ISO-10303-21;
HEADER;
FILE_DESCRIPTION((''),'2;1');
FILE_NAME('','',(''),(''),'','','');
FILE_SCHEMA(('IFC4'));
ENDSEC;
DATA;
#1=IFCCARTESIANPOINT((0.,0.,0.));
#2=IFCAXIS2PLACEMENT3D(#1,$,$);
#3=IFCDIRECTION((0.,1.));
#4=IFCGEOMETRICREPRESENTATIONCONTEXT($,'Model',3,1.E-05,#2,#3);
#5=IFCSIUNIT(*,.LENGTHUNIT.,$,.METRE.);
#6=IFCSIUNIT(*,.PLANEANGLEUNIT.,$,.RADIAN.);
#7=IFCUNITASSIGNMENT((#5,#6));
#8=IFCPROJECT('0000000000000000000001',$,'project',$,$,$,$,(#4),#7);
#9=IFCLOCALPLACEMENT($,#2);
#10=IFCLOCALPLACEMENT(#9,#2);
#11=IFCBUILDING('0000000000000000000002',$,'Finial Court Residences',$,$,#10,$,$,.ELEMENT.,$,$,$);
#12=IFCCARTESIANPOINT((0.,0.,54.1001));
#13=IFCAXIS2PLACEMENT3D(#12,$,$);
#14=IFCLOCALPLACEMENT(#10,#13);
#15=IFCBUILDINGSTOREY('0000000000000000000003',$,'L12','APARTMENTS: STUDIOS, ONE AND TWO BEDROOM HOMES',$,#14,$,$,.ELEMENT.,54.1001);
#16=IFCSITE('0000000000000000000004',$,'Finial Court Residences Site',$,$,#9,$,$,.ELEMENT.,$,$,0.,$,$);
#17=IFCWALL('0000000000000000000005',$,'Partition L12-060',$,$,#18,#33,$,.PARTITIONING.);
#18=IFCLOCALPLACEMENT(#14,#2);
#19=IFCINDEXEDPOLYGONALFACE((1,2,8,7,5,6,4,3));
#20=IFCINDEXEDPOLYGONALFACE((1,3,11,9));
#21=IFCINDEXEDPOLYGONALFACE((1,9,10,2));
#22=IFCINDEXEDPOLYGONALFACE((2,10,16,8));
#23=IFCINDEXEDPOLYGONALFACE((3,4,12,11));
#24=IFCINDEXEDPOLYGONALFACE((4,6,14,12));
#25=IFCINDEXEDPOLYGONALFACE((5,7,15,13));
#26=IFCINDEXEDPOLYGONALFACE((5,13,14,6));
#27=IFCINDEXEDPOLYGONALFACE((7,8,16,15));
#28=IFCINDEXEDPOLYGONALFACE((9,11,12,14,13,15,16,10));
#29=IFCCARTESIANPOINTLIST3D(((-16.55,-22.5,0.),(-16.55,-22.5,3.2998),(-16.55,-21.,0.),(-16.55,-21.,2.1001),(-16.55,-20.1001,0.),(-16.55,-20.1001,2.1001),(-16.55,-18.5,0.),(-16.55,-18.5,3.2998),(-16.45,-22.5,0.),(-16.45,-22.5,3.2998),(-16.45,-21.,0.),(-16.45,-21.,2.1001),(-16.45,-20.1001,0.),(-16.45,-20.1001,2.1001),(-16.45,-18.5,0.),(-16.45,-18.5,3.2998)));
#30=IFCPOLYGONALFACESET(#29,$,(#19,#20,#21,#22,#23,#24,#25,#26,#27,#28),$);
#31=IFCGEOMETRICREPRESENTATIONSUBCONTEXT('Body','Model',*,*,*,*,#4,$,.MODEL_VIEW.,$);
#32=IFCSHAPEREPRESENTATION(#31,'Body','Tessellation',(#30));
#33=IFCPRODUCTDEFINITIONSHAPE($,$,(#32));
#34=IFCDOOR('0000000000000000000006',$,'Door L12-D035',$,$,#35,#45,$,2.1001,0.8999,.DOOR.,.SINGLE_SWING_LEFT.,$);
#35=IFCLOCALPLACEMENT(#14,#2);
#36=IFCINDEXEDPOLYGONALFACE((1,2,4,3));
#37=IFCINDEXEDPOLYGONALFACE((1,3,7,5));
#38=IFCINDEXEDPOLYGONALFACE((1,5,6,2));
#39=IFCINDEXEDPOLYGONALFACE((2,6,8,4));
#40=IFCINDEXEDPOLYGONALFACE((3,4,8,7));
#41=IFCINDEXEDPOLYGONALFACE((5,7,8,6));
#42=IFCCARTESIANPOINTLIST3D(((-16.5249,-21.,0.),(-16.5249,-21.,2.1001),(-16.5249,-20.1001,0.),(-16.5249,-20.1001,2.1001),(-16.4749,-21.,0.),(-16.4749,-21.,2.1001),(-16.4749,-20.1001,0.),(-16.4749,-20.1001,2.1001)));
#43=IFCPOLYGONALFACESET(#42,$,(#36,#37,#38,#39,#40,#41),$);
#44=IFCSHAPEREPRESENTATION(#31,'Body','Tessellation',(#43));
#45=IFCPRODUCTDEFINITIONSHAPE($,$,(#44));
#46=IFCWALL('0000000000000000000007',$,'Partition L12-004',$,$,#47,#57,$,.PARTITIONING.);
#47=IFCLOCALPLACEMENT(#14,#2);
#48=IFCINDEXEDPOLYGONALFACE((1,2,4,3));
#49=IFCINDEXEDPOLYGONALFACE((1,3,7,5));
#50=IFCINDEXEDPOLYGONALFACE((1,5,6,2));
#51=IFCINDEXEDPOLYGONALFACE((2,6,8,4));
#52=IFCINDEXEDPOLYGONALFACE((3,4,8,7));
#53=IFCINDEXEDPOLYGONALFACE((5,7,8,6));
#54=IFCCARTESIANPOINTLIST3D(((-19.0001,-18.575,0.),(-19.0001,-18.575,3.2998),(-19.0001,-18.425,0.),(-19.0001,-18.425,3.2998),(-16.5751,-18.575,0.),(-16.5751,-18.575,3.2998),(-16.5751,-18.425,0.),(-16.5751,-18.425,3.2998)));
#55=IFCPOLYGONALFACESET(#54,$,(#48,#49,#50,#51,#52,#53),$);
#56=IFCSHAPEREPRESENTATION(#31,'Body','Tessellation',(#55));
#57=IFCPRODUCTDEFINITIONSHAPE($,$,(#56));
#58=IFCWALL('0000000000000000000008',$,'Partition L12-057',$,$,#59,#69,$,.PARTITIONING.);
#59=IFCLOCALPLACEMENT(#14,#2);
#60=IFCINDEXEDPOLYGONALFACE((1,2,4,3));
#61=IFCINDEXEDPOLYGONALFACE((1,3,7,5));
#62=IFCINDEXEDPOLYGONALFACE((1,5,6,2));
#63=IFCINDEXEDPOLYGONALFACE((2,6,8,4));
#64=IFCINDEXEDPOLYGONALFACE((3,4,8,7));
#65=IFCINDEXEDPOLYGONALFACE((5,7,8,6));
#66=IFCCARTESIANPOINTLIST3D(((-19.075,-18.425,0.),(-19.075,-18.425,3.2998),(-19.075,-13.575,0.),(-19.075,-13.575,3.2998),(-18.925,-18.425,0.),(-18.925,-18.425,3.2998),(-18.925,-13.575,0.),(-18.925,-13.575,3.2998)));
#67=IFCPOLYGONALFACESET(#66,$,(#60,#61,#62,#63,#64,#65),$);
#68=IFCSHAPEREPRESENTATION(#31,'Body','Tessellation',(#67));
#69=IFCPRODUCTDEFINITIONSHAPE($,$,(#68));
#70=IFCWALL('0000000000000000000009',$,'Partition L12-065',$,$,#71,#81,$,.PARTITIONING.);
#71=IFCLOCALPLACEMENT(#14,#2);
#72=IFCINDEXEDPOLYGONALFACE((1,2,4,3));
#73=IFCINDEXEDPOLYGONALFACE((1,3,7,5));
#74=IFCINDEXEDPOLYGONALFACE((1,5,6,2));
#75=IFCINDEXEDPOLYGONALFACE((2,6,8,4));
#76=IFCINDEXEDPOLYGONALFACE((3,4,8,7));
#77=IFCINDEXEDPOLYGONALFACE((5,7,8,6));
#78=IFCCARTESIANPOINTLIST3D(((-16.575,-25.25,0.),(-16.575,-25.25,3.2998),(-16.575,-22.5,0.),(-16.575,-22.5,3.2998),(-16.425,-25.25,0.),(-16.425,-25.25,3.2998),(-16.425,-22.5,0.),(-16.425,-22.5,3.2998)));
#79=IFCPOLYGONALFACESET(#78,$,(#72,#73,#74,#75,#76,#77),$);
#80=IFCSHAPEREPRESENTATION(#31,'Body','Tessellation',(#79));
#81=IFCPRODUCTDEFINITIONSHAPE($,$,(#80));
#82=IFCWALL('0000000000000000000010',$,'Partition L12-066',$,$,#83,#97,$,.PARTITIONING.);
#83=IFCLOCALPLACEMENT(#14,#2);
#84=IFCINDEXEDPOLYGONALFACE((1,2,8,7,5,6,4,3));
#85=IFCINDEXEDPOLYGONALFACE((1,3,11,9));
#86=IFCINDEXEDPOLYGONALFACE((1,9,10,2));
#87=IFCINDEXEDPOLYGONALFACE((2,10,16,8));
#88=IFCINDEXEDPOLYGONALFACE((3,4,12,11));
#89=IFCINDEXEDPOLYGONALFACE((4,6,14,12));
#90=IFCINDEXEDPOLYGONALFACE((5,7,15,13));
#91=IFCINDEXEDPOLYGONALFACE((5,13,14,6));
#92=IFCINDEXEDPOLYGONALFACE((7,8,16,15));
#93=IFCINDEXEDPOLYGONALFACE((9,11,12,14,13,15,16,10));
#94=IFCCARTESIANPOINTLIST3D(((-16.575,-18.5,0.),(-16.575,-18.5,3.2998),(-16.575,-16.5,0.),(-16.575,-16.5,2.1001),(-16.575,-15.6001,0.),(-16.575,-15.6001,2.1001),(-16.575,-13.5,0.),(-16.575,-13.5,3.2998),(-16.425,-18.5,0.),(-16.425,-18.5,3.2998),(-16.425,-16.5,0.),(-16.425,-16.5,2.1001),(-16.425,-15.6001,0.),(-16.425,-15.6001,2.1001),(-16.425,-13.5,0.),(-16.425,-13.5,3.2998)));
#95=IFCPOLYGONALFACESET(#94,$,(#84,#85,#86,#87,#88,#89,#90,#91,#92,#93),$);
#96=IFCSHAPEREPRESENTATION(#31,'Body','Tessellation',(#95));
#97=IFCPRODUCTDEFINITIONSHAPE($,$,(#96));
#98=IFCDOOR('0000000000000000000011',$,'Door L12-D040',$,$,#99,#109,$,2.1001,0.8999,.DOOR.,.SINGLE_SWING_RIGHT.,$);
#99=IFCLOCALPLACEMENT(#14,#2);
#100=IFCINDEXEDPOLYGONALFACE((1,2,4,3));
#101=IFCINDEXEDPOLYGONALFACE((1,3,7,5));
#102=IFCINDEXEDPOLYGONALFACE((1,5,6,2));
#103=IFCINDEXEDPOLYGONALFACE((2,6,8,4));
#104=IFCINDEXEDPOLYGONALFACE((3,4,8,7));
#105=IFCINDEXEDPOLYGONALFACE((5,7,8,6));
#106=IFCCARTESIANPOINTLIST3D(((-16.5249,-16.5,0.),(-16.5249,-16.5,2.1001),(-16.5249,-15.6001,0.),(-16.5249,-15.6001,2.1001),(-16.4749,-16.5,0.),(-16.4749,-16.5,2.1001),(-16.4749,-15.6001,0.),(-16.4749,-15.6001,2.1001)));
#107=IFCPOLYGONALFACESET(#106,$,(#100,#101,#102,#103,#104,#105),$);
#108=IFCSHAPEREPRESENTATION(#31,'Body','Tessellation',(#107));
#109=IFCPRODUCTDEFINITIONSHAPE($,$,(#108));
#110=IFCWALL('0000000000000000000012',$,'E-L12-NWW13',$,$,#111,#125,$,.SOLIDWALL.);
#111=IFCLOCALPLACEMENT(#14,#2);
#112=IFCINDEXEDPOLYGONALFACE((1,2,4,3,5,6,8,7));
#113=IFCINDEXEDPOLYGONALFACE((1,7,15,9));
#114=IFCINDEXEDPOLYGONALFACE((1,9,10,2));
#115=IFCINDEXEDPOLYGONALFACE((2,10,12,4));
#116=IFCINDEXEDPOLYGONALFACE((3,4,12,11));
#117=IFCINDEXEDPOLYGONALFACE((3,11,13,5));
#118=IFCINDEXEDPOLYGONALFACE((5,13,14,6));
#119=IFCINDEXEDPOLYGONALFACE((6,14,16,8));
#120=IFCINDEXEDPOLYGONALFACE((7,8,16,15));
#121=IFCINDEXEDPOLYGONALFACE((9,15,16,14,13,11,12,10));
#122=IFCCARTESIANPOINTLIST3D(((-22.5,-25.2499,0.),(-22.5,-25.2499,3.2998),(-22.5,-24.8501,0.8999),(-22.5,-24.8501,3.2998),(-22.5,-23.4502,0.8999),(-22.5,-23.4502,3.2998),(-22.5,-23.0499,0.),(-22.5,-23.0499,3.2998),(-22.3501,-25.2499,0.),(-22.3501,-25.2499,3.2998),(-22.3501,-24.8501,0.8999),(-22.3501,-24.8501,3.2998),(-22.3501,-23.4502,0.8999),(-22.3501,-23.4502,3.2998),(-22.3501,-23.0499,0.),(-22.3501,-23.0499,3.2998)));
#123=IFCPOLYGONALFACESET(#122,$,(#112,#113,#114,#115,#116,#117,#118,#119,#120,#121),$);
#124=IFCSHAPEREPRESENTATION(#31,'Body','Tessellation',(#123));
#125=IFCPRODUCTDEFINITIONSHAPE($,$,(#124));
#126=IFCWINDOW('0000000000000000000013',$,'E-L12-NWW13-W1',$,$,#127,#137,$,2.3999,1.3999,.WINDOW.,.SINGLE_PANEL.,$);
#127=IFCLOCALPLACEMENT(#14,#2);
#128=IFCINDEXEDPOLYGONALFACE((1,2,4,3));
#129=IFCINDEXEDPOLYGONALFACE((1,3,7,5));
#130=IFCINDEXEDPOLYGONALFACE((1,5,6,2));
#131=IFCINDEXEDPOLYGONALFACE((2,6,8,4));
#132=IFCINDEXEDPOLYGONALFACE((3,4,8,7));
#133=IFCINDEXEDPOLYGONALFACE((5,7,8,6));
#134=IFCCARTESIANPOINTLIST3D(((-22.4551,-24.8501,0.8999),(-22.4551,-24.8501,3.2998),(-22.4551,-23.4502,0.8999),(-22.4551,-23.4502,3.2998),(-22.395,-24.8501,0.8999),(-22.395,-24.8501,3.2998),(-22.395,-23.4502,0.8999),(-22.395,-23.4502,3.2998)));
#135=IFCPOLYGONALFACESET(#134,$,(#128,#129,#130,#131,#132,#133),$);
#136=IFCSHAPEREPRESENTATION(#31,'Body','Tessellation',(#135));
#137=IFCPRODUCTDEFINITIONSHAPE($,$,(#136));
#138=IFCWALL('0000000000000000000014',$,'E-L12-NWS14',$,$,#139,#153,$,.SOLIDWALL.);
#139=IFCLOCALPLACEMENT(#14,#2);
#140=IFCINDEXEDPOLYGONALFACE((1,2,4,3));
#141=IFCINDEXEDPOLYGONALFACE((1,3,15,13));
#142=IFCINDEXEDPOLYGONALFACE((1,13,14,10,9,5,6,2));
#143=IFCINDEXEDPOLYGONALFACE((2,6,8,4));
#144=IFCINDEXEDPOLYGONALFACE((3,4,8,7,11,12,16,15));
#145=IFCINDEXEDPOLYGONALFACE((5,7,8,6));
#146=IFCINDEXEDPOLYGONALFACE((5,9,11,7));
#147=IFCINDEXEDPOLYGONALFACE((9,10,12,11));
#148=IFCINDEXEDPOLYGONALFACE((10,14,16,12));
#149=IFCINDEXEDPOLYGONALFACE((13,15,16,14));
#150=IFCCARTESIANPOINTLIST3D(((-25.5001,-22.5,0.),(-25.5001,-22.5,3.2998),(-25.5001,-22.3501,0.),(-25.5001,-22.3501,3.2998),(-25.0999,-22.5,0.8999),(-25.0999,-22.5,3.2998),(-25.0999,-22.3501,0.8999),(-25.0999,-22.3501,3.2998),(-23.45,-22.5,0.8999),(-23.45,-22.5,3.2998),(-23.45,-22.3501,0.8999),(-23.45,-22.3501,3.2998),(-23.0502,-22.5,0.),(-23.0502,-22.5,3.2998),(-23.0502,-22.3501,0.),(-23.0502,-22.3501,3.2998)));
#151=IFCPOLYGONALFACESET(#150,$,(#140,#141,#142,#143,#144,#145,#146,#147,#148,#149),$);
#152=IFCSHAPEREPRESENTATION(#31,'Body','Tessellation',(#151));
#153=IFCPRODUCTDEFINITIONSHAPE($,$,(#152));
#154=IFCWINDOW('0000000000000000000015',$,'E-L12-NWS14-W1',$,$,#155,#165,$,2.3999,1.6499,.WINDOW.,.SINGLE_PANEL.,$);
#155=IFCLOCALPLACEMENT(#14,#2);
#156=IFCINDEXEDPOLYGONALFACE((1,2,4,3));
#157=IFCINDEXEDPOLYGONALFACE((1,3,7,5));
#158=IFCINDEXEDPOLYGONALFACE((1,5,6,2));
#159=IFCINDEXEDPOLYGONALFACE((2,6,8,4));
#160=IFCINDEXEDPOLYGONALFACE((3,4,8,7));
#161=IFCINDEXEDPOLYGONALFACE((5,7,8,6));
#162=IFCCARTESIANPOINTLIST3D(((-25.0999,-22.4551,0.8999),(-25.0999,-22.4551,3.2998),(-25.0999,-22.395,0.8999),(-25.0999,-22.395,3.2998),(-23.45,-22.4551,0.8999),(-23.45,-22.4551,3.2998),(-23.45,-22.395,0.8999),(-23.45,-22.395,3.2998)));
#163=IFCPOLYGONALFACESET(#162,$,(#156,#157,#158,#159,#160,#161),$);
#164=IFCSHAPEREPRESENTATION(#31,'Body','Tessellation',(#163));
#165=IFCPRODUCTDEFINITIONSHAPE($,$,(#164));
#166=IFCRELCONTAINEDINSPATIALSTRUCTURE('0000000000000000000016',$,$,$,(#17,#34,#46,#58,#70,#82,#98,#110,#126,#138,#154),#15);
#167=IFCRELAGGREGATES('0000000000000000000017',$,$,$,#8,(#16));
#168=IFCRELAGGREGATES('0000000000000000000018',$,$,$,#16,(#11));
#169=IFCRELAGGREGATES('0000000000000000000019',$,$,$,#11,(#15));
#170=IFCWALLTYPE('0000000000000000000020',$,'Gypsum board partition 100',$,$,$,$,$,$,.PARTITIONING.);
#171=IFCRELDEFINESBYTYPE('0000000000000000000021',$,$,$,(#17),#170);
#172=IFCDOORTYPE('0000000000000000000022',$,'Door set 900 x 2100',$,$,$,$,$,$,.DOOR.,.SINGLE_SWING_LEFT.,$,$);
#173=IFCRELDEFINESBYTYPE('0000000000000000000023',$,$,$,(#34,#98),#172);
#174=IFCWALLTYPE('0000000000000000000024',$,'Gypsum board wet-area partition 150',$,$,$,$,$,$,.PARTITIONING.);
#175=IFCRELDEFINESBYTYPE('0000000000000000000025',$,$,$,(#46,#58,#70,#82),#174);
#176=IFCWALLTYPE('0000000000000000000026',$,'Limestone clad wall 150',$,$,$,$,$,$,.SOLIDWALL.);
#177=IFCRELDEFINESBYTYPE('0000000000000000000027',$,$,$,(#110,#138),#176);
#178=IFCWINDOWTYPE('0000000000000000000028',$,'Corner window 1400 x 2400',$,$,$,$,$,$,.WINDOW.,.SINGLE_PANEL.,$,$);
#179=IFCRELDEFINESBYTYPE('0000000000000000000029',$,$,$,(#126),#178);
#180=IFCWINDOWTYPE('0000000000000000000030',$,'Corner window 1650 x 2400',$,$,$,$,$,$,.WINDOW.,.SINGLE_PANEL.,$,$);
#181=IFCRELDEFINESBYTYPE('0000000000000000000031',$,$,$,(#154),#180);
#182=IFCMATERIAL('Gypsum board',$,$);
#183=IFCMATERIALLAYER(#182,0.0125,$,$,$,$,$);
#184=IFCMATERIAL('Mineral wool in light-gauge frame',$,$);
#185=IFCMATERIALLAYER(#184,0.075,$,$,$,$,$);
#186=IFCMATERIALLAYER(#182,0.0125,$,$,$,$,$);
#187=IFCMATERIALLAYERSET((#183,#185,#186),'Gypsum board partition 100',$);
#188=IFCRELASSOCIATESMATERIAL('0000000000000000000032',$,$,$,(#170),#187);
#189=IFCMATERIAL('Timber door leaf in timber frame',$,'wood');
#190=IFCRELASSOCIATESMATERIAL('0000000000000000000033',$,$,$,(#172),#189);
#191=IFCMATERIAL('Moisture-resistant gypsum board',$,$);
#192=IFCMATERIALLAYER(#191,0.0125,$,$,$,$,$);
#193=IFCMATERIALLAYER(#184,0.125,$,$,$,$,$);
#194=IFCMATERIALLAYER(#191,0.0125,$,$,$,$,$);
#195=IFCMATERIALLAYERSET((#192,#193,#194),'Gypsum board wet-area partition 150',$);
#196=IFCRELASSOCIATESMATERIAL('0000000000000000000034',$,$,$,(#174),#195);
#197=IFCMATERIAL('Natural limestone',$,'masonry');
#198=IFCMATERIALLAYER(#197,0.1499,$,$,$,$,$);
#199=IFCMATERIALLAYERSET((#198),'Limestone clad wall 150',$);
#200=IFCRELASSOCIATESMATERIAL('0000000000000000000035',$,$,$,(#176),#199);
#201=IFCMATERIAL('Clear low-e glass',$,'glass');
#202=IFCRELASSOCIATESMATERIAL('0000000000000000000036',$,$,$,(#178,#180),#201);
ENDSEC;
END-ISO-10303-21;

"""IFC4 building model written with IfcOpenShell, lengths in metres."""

from ifc_helpers import new_model, si_unit, direction, frame, frame_2d, origin, place, context, subcontext, project, spatial, rectangle, extrude, material, layer, layer_set, type_object, element, fill, save


model = new_model("IFC4")

# Units and contexts
model_context = context("Model", 3, precision=1e-05, world=origin(), true_north=direction((0.0, 1.0)))
body_context = subcontext(model_context, "Body", "Model", "MODEL_VIEW")
ifc_project = project(units=[si_unit("LENGTHUNIT", "METRE"), si_unit("PLANEANGLEUNIT", "RADIAN")], contexts=[model_context])

# Site, building, storey
site_placement = place(None, origin())
site = spatial("IfcSite", under=ifc_project, at=site_placement, Name="Finial Court Residences Site", CompositionType="ELEMENT", RefElevation=0.0)
building_placement = place(site_placement, origin())
building = spatial("IfcBuilding", under=site, at=building_placement, Name="Finial Court Residences", CompositionType="ELEMENT")
storey_placement = place(building_placement, frame((0.0, 0.0, 54.1001)))
storey = spatial("IfcBuildingStorey", under=building, at=storey_placement, Name="L12", Description="APARTMENTS: STUDIOS, ONE AND TWO BEDROOM HOMES", CompositionType="ELEMENT", Elevation=54.1001)

# Shared definitions
ifc_material_1 = material(Name="Clear low-e glass", Category="glass")

# Wall, opening, door
ifc_material_2 = material(Name="Gypsum board")
ifc_layer_1 = layer(ifc_material_2, 0.0125)
ifc_material_3 = material(Name="Mineral wool in light-gauge frame")
ifc_layer_2 = layer(ifc_material_3, 0.075)
ifc_layer_3 = layer(ifc_material_2, 0.0125)
ifc_layer_set_1 = layer_set([ifc_layer_1, ifc_layer_2, ifc_layer_3], Name="Gypsum board partition 100")
wall_type_1 = type_object("IfcWallType", Name="Gypsum board partition 100", PredefinedType="PARTITIONING", material=ifc_layer_set_1)
ifc_material_4 = material(Name="Timber door leaf in timber frame", Category="wood")
door_type = type_object("IfcDoorType", Name="Door set 900 x 2100", OperationType="SINGLE_SWING_LEFT", PredefinedType="DOOR", material=ifc_material_4)
wall_1_placement = place(storey_placement, frame((-16.5, -22.5, 0.0), z_axis=(0.0, 0.0, 1.0), x_axis=(0.0, 1.0, 0.0)))
wall_1 = element("IfcWall", 1, at=wall_1_placement, inside=storey, type_object=wall_type_1, Name="Partition L12-060", PredefinedType="PARTITIONING", context=body_context, shape_type="SweptSolid", body=[
    extrude(rectangle(XDim=4.0, YDim=0.1001, at=frame_2d((2.0, 0.0))), origin(), (0.0, 0.0, 1.0), 3.2998),
])
opening_1_placement = place(wall_1_placement, frame((1.5, 0.0, 0.0)))
opening_1 = element("IfcOpeningElement", 2, at=opening_1_placement, cuts=wall_1, PredefinedType="OPENING", context=body_context, shape_type="SweptSolid", body=[
    extrude(rectangle(XDim=0.8999, YDim=2.1001, at=frame_2d((0.45, 1.05))), frame((0.0, 0.0601, 0.0), z_axis=(0.0, -1.0, 0.0), x_axis=(1.0, 0.0, 0.0)), (0.0, 0.0, 1.0), 0.1201),
])
door_1_placement = place(opening_1_placement, origin())
door_1 = element("IfcDoor", 3, at=door_1_placement, inside=storey, type_object=door_type, Name="Door L12-D035", OperationType="SINGLE_SWING_LEFT", OverallHeight=2.1001, OverallWidth=0.8999, PredefinedType="DOOR", context=body_context, shape_type="SweptSolid", body=[
    extrude(rectangle(XDim=0.8999, YDim=2.1001, at=frame_2d((0.45, 1.05))), frame((0.0, 0.0249, 0.0), z_axis=(0.0, -1.0, 0.0), x_axis=(1.0, 0.0, 0.0)), (0.0, 0.0, 1.0), 0.05),
])
fill(opening_1, door_1)

# Walls
ifc_material_5 = material(Name="Moisture-resistant gypsum board")
ifc_layer_4 = layer(ifc_material_5, 0.0125)
ifc_layer_5 = layer(ifc_material_3, 0.125)
ifc_layer_6 = layer(ifc_material_5, 0.0125)
ifc_layer_set_2 = layer_set([ifc_layer_4, ifc_layer_5, ifc_layer_6], Name="Gypsum board wet-area partition 150")
wall_type_2 = type_object("IfcWallType", Name="Gypsum board wet-area partition 150", PredefinedType="PARTITIONING", material=ifc_layer_set_2)
wall_2_placement = place(storey_placement, frame((-19.0, -18.5, 0.0), z_axis=(0.0, 0.0, 1.0), x_axis=(1.0, 0.0, 0.0)))
element("IfcWall", 4, at=wall_2_placement, inside=storey, type_object=wall_type_2, Name="Partition L12-004", PredefinedType="PARTITIONING", context=body_context, shape_type="SweptSolid", body=[
    extrude(rectangle(XDim=2.425, YDim=0.1499, at=frame_2d((1.2124, 0.0))), origin(), (0.0, 0.0, 1.0), 3.2998),
])
wall_3_placement = place(storey_placement, frame((-19.0, -18.425, 0.0), z_axis=(0.0, 0.0, 1.0), x_axis=(0.0, 1.0, 0.0)))
element("IfcWall", 5, at=wall_3_placement, inside=storey, type_object=wall_type_2, Name="Partition L12-057", PredefinedType="PARTITIONING", context=body_context, shape_type="SweptSolid", body=[
    extrude(rectangle(XDim=4.8501, YDim=0.1499, at=frame_2d((2.425, 0.0))), origin(), (0.0, 0.0, 1.0), 3.2998),
])
wall_4_placement = place(storey_placement, frame((-16.5, -25.25, 0.0), z_axis=(0.0, 0.0, 1.0), x_axis=(0.0, 1.0, 0.0)))
element("IfcWall", 6, at=wall_4_placement, inside=storey, type_object=wall_type_2, Name="Partition L12-065", PredefinedType="PARTITIONING", context=body_context, shape_type="SweptSolid", body=[
    extrude(rectangle(XDim=2.75, YDim=0.1499, at=frame_2d((1.375, 0.0))), origin(), (0.0, 0.0, 1.0), 3.2998),
])

# Wall, opening, door
wall_5_placement = place(storey_placement, frame((-16.5, -18.5, 0.0), z_axis=(0.0, 0.0, 1.0), x_axis=(0.0, 1.0, 0.0)))
wall_5 = element("IfcWall", 7, at=wall_5_placement, inside=storey, type_object=wall_type_2, Name="Partition L12-066", PredefinedType="PARTITIONING", context=body_context, shape_type="SweptSolid", body=[
    extrude(rectangle(XDim=5.0, YDim=0.1499, at=frame_2d((2.5, 0.0))), origin(), (0.0, 0.0, 1.0), 3.2998),
])
opening_2_placement = place(wall_5_placement, frame((2.0, 0.0, 0.0)))
opening_2 = element("IfcOpeningElement", 8, at=opening_2_placement, cuts=wall_5, PredefinedType="OPENING", context=body_context, shape_type="SweptSolid", body=[
    extrude(rectangle(XDim=0.8999, YDim=2.1001, at=frame_2d((0.45, 1.05))), frame((0.0, 0.085, 0.0), z_axis=(0.0, -1.0, 0.0), x_axis=(1.0, 0.0, 0.0)), (0.0, 0.0, 1.0), 0.1699),
])
door_2_placement = place(opening_2_placement, origin())
door_2 = element("IfcDoor", 9, at=door_2_placement, inside=storey, type_object=door_type, Name="Door L12-D040", OperationType="SINGLE_SWING_RIGHT", OverallHeight=2.1001, OverallWidth=0.8999, PredefinedType="DOOR", context=body_context, shape_type="SweptSolid", body=[
    extrude(rectangle(XDim=0.8999, YDim=2.1001, at=frame_2d((0.45, 1.05))), frame((0.0, 0.0249, 0.0), z_axis=(0.0, -1.0, 0.0), x_axis=(1.0, 0.0, 0.0)), (0.0, 0.0, 1.0), 0.05),
])
fill(opening_2, door_2)

# Walls, openings, windows
ifc_material_6 = material(Name="Natural limestone", Category="masonry")
ifc_layer_7 = layer(ifc_material_6, 0.1499)
ifc_layer_set_3 = layer_set([ifc_layer_7], Name="Limestone clad wall 150")
wall_type_3 = type_object("IfcWallType", Name="Limestone clad wall 150", PredefinedType="SOLIDWALL", material=ifc_layer_set_3)
wall_6_placement = place(storey_placement, frame((-22.425, -25.25, 0.0), z_axis=(0.0, 0.0, 1.0), x_axis=(0.0, 1.0, 0.0)))
wall_6 = element("IfcWall", 10, at=wall_6_placement, inside=storey, type_object=wall_type_3, Name="E-L12-NWW13", PredefinedType="SOLIDWALL", context=body_context, shape_type="SweptSolid", body=[
    extrude(rectangle(XDim=2.2, YDim=0.1499, at=frame_2d((1.1001, 0.0))), origin(), (0.0, 0.0, 1.0), 3.2998),
])
opening_3_placement = place(wall_6_placement, frame((0.3999, 0.0, 0.8999)))
opening_3 = element("IfcOpeningElement", 11, at=opening_3_placement, cuts=wall_6, PredefinedType="OPENING", context=body_context, shape_type="SweptSolid", body=[
    extrude(rectangle(XDim=1.3999, YDim=2.3999, at=frame_2d((0.7, 1.2))), frame((0.0, 0.085, 0.0), z_axis=(0.0, -1.0, 0.0), x_axis=(1.0, 0.0, 0.0)), (0.0, 0.0, 1.0), 0.1699),
])
window_type_1 = type_object("IfcWindowType", Name="Corner window 1400 x 2400", PartitioningType="SINGLE_PANEL", PredefinedType="WINDOW", material=ifc_material_1)
window_1_placement = place(opening_3_placement, origin())
window_1 = element("IfcWindow", 12, at=window_1_placement, inside=storey, type_object=window_type_1, Name="E-L12-NWW13-W1", OverallHeight=2.3999, OverallWidth=1.3999, PartitioningType="SINGLE_PANEL", PredefinedType="WINDOW", context=body_context, shape_type="SweptSolid", body=[
    extrude(rectangle(XDim=1.3999, YDim=2.3999, at=frame_2d((0.7, 1.2))), frame((0.0, 0.03, 0.0), z_axis=(0.0, -1.0, 0.0), x_axis=(1.0, 0.0, 0.0)), (0.0, 0.0, 1.0), 0.0601),
])
fill(opening_3, window_1)
wall_7_placement = place(storey_placement, frame((-23.05, -22.425, 0.0), z_axis=(0.0, 0.0, 1.0), x_axis=(-1.0, 0.0, 0.0)))
wall_7 = element("IfcWall", 13, at=wall_7_placement, inside=storey, type_object=wall_type_3, Name="E-L12-NWS14", PredefinedType="SOLIDWALL", context=body_context, shape_type="SweptSolid", body=[
    extrude(rectangle(XDim=2.45, YDim=0.1499, at=frame_2d((1.2251, 0.0))), origin(), (0.0, 0.0, 1.0), 3.2998),
])
opening_4_placement = place(wall_7_placement, frame((0.3999, 0.0, 0.8999)))
opening_4 = element("IfcOpeningElement", 14, at=opening_4_placement, cuts=wall_7, PredefinedType="OPENING", context=body_context, shape_type="SweptSolid", body=[
    extrude(rectangle(XDim=1.6499, YDim=2.3999, at=frame_2d((0.825, 1.2))), frame((0.0, 0.085, 0.0), z_axis=(0.0, -1.0, 0.0), x_axis=(1.0, 0.0, 0.0)), (0.0, 0.0, 1.0), 0.1699),
])
window_type_2 = type_object("IfcWindowType", Name="Corner window 1650 x 2400", PartitioningType="SINGLE_PANEL", PredefinedType="WINDOW", material=ifc_material_1)
window_2_placement = place(opening_4_placement, origin())
window_2 = element("IfcWindow", 15, at=window_2_placement, inside=storey, type_object=window_type_2, Name="E-L12-NWS14-W1", OverallHeight=2.3999, OverallWidth=1.6499, PartitioningType="SINGLE_PANEL", PredefinedType="WINDOW", context=body_context, shape_type="SweptSolid", body=[
    extrude(rectangle(XDim=1.6499, YDim=2.3999, at=frame_2d((0.825, 1.2))), frame((0.0, 0.03, 0.0), z_axis=(0.0, -1.0, 0.0), x_axis=(1.0, 0.0, 0.0)), (0.0, 0.0, 1.0), 0.0601),
])
fill(opening_4, window_2)

save(model, "model.ifc")
